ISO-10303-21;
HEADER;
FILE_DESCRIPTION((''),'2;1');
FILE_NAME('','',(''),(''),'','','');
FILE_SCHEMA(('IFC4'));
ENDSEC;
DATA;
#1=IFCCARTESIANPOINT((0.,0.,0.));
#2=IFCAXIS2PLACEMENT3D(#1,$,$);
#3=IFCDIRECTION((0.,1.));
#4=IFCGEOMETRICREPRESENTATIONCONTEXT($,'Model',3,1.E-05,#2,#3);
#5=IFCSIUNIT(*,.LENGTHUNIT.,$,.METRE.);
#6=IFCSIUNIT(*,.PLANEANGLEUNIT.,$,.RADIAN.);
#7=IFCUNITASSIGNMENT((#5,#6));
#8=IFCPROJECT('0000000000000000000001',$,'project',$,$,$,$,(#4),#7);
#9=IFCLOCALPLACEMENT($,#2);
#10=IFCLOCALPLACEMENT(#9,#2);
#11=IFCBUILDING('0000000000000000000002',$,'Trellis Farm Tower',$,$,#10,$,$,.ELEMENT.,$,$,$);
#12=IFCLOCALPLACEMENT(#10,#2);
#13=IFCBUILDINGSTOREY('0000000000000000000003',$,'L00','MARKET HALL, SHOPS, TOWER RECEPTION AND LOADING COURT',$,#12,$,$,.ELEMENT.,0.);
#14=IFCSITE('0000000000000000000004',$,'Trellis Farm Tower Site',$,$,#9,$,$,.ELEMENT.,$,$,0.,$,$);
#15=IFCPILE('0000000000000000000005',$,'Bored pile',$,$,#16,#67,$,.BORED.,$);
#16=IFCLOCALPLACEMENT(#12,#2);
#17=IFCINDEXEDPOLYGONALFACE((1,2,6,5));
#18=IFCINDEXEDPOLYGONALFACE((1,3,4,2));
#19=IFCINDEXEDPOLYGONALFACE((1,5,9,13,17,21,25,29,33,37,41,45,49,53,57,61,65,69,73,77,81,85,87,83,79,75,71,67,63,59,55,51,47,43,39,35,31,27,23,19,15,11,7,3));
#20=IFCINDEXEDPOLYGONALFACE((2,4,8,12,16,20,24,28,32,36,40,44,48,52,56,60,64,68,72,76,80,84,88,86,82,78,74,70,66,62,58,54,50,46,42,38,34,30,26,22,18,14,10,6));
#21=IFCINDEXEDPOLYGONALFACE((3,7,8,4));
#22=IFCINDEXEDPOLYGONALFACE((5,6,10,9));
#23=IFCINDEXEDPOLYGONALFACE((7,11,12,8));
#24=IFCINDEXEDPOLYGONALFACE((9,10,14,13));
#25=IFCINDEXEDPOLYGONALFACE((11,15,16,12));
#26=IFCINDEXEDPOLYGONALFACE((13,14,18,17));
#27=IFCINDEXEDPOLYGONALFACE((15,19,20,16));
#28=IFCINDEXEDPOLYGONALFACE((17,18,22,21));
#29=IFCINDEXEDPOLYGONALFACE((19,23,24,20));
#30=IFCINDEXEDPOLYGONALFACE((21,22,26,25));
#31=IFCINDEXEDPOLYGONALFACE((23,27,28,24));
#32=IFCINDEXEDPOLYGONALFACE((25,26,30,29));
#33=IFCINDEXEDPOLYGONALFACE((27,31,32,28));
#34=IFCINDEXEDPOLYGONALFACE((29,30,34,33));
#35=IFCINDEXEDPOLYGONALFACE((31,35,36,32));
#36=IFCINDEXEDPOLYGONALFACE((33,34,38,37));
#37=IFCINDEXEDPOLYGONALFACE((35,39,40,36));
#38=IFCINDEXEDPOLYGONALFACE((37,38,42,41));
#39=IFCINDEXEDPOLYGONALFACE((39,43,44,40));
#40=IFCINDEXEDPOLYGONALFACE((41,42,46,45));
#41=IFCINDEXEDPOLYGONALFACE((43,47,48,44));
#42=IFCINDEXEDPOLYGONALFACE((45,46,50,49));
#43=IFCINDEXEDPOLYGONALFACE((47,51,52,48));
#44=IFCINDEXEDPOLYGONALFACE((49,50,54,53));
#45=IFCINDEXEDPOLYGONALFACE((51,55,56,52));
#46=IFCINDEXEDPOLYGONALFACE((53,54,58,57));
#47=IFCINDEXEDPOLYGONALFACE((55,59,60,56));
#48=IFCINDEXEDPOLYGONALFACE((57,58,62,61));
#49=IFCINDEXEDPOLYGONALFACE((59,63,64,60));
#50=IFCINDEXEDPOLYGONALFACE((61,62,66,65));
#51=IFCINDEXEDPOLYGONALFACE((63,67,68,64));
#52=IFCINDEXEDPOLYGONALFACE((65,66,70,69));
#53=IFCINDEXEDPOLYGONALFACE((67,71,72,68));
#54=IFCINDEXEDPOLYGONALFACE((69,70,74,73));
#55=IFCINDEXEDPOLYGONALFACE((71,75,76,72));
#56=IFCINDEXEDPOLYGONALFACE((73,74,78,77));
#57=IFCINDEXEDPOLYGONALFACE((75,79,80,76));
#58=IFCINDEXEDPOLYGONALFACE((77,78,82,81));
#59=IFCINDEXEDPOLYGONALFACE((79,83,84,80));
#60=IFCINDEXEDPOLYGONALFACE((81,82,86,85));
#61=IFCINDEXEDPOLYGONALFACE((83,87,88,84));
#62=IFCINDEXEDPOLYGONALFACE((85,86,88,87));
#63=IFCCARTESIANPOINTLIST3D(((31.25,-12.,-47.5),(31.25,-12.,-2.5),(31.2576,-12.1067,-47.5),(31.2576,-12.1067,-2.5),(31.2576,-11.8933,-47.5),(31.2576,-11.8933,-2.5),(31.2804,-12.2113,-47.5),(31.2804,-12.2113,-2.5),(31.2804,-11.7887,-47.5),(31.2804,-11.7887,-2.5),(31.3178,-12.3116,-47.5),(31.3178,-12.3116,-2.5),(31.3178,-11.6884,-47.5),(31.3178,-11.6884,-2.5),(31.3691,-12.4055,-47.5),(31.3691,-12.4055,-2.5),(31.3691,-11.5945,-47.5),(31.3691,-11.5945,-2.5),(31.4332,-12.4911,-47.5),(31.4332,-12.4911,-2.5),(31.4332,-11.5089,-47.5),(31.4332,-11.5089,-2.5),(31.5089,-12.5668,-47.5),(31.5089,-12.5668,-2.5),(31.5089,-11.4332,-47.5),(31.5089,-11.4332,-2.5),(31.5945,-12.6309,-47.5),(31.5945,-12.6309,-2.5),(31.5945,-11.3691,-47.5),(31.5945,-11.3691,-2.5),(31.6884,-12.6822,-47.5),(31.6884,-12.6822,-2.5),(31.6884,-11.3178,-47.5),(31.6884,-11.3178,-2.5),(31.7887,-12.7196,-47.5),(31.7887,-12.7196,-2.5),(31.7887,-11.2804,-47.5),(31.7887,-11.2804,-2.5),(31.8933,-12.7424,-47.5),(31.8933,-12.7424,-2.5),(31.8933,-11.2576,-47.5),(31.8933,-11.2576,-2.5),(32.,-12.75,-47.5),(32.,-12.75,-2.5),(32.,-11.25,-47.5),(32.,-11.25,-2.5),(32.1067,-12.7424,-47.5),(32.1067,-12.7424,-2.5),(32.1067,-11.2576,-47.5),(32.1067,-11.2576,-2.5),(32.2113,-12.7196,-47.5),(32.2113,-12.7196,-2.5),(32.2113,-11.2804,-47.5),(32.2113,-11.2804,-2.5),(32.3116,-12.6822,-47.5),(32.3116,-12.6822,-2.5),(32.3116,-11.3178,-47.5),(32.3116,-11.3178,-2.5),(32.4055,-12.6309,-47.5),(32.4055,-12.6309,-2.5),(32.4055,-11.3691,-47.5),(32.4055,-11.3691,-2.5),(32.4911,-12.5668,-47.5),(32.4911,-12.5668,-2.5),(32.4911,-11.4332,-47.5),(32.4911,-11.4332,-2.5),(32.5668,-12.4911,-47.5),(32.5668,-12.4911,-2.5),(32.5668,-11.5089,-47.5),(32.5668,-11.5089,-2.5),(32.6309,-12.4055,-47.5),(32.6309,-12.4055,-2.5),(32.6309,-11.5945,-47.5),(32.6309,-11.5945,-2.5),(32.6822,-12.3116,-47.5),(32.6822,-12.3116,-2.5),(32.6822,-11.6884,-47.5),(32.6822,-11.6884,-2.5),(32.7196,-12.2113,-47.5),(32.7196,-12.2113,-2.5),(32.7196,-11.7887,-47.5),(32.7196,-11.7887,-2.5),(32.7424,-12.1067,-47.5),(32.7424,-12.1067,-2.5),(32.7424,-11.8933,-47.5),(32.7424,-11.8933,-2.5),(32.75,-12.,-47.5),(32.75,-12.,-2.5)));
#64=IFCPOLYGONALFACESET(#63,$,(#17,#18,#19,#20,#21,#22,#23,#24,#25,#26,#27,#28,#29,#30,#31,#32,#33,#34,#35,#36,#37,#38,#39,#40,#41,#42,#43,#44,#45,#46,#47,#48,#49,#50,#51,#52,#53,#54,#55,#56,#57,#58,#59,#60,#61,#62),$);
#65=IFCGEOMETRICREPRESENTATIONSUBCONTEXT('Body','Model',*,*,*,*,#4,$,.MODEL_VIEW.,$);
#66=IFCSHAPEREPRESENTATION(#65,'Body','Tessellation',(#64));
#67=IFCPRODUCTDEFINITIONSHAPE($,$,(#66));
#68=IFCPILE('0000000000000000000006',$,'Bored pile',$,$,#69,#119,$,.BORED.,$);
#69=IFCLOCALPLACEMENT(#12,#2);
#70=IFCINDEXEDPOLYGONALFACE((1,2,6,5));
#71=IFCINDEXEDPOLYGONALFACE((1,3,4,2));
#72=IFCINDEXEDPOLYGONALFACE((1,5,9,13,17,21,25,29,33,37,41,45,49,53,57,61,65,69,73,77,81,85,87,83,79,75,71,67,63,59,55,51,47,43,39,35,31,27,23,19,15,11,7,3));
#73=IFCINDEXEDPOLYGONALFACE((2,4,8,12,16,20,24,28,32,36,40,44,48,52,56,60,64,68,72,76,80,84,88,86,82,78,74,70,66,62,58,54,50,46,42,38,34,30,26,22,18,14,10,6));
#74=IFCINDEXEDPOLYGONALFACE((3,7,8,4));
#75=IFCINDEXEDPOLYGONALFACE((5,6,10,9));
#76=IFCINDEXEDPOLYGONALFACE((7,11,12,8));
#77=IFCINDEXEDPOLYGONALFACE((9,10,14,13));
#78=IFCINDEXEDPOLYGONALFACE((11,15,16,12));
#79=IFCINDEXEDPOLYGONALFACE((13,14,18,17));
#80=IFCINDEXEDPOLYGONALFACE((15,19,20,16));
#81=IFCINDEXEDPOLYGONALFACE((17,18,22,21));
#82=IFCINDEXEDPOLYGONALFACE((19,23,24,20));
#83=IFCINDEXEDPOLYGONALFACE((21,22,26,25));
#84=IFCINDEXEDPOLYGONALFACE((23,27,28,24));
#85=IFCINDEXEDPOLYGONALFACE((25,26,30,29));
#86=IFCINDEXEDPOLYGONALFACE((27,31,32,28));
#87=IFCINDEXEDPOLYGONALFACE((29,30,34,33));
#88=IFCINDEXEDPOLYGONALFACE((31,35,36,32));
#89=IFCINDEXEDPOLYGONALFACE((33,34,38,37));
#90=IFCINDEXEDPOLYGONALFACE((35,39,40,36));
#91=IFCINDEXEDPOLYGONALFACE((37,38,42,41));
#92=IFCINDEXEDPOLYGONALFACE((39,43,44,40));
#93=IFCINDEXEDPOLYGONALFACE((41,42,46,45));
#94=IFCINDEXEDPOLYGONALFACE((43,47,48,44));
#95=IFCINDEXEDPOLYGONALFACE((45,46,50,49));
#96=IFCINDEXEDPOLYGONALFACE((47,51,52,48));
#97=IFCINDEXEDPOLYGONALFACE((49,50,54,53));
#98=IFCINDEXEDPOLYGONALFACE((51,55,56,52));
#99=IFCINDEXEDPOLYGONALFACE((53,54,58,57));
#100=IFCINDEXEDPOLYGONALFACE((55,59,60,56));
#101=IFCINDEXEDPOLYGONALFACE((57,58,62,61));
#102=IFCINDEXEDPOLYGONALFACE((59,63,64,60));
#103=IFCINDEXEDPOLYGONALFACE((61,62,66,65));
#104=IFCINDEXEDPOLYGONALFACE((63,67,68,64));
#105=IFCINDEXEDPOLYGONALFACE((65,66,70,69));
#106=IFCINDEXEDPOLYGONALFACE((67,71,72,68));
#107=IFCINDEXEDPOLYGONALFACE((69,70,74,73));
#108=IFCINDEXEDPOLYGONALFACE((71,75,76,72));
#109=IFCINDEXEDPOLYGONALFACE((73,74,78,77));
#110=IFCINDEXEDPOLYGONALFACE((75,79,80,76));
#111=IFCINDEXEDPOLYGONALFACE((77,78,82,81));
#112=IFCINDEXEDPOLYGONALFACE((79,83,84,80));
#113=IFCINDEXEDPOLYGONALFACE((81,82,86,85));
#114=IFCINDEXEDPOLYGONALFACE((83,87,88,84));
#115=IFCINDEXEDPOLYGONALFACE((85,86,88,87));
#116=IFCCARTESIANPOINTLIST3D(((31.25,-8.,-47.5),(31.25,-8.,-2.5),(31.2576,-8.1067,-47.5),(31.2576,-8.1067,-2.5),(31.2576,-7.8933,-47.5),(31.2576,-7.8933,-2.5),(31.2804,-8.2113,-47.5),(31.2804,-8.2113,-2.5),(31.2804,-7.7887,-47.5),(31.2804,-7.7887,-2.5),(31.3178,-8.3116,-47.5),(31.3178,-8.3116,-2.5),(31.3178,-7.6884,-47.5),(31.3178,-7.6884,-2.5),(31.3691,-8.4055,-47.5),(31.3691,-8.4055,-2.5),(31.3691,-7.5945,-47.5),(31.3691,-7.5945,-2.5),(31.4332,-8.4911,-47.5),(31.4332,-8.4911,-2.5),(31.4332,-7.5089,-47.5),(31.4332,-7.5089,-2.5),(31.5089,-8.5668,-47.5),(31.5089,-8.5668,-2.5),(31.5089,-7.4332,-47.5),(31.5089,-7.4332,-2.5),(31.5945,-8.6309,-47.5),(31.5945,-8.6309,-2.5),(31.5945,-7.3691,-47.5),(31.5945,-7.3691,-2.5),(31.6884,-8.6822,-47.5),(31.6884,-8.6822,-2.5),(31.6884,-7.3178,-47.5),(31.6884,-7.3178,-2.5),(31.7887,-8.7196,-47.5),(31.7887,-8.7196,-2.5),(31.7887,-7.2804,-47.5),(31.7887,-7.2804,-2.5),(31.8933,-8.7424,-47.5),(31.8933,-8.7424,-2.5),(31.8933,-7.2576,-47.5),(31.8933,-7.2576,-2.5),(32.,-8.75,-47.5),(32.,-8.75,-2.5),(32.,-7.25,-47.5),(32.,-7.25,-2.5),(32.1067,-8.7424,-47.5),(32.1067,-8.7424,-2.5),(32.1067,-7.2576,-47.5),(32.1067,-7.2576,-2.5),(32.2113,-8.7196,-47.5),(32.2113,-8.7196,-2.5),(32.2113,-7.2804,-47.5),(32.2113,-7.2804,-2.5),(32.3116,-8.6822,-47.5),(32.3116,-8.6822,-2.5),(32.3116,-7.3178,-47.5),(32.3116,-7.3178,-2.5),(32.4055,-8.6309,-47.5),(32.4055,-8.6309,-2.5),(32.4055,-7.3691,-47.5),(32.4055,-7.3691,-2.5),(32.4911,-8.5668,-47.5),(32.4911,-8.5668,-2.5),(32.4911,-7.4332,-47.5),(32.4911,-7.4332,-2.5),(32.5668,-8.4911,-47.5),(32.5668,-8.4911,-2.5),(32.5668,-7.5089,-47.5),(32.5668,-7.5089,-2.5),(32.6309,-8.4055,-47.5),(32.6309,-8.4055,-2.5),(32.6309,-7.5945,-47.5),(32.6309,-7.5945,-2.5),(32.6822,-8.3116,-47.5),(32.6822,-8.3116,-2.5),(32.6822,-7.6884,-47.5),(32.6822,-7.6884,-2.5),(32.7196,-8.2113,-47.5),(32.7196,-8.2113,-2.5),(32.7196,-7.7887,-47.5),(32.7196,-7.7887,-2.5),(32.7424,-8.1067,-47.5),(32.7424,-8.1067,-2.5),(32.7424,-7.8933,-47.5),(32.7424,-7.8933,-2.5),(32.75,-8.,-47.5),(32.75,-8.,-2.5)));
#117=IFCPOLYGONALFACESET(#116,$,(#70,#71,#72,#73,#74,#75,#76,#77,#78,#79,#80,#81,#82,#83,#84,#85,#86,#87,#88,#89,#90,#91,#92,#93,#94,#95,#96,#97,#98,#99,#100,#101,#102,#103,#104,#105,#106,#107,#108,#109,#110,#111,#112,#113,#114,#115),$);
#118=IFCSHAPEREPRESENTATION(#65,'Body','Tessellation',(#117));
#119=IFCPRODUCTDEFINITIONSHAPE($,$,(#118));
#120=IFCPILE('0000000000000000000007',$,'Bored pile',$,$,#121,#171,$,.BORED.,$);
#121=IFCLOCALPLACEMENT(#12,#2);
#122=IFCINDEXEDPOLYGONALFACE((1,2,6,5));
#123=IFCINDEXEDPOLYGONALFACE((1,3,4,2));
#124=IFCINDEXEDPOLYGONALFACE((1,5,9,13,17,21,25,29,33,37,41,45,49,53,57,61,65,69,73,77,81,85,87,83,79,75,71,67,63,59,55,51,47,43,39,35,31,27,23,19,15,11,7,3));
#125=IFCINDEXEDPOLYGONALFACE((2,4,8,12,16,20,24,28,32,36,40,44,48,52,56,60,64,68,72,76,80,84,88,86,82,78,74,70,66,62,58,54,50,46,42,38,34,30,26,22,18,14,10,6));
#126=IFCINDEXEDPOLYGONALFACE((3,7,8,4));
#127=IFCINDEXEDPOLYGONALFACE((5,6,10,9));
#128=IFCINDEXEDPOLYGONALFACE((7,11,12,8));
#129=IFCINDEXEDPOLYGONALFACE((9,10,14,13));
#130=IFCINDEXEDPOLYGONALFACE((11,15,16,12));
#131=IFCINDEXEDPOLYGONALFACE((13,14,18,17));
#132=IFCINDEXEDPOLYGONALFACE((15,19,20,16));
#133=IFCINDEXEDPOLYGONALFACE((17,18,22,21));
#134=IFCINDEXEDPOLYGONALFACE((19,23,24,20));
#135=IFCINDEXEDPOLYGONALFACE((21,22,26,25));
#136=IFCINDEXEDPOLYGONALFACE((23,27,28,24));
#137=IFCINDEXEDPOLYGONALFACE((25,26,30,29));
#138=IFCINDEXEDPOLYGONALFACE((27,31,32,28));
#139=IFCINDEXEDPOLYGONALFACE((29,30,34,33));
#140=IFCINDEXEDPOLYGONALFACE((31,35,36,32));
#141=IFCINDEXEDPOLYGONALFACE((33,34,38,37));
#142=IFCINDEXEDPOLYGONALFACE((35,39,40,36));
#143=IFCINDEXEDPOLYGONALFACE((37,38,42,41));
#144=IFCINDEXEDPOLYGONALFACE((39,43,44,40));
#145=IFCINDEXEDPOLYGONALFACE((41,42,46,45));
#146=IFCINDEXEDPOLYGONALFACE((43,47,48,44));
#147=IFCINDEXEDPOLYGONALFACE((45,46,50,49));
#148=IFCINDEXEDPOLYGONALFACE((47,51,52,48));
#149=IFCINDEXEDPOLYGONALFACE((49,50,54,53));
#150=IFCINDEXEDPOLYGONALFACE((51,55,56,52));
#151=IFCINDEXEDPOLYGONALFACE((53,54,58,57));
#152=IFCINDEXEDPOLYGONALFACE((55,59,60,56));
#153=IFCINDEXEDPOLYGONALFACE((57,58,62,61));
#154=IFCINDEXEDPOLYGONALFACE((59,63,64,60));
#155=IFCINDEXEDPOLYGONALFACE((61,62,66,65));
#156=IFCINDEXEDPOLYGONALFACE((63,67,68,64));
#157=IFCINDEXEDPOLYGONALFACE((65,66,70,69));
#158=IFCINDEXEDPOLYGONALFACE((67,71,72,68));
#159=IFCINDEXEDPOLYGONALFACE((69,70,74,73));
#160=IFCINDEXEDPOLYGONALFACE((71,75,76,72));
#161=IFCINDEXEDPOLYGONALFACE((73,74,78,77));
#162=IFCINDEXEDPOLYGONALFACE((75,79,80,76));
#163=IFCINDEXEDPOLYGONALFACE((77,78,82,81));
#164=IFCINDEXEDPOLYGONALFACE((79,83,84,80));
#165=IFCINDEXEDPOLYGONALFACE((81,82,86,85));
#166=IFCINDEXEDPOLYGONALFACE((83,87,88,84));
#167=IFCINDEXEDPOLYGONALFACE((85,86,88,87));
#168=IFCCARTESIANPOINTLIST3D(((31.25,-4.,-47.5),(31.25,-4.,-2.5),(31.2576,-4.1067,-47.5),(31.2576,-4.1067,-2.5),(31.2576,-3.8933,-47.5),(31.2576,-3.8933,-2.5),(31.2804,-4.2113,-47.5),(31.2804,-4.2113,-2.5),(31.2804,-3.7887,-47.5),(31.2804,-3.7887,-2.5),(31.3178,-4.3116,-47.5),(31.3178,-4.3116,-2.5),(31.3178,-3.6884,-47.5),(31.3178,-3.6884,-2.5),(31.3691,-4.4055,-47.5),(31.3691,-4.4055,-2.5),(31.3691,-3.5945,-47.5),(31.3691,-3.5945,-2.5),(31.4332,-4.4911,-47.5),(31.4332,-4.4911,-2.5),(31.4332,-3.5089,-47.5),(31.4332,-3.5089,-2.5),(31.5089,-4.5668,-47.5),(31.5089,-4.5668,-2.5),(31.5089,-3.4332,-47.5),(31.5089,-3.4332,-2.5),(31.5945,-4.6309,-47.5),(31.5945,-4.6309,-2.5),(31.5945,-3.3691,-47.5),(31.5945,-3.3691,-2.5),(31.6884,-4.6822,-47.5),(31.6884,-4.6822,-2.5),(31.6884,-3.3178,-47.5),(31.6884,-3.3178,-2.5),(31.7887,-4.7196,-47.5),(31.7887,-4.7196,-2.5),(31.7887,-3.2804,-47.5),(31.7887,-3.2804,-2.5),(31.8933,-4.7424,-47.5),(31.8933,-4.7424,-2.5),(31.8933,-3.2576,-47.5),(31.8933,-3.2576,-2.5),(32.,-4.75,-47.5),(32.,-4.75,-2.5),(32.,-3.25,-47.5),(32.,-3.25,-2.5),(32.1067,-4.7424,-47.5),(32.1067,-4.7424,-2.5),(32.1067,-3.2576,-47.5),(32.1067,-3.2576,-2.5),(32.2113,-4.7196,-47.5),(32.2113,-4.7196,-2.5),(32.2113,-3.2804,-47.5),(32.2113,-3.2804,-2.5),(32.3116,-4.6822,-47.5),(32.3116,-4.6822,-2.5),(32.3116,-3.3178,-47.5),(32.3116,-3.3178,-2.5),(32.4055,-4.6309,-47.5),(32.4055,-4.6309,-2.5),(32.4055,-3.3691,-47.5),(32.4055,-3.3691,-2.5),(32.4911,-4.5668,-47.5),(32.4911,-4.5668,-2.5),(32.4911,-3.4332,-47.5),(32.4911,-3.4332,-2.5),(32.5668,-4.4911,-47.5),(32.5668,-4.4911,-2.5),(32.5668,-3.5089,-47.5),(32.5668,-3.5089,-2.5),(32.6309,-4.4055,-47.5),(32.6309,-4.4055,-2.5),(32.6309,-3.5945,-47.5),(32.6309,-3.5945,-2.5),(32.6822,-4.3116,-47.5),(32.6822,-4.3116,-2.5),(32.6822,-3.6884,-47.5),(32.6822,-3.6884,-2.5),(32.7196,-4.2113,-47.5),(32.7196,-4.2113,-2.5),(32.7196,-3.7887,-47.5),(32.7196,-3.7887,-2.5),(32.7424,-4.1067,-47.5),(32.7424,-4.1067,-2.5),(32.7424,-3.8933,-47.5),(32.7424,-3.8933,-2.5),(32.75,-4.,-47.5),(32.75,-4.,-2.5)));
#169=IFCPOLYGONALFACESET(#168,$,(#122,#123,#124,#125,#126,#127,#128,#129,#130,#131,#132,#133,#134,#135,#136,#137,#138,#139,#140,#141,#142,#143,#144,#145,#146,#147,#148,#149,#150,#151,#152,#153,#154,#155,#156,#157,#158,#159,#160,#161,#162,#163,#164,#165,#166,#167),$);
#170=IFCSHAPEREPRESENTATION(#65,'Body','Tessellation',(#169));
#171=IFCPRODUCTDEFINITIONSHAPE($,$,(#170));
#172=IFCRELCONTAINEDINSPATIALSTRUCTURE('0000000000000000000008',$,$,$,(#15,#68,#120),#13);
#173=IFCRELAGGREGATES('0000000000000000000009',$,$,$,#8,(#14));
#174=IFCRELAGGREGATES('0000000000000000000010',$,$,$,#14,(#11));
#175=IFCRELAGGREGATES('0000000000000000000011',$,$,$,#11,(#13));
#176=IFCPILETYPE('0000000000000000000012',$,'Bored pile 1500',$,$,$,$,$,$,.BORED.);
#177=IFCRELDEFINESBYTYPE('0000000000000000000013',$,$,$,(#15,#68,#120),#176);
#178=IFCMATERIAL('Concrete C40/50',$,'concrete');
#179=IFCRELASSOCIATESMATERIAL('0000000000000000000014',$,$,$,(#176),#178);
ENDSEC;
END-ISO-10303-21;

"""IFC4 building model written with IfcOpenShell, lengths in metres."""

from ifc_helpers import new_model, si_unit, direction, frame, origin, origin_2d, place, context, subcontext, project, spatial, circle, extrude, source, transform, mapped, material, material_profile, profile_set, type_object, element, save


model = new_model("IFC4")

# Units and contexts
model_context = context("Model", 3, precision=1e-05, world=origin(), true_north=direction((0.0, 1.0)))
body_context = subcontext(model_context, "Body", "Model", "MODEL_VIEW")
ifc_project = project(units=[si_unit("LENGTHUNIT", "METRE"), si_unit("PLANEANGLEUNIT", "RADIAN")], contexts=[model_context])

# Site, building, storey
site_placement = place(None, origin())
site = spatial("IfcSite", under=ifc_project, at=site_placement, Name="Trellis Farm Tower Site", CompositionType="ELEMENT", RefElevation=0.0)
building_placement = place(site_placement, origin())
building = spatial("IfcBuilding", under=site, at=building_placement, Name="Trellis Farm Tower", CompositionType="ELEMENT")
storey_placement = place(building_placement, origin())
storey = spatial("IfcBuildingStorey", under=building, at=storey_placement, Name="L00", Description="MARKET HALL, SHOPS, TOWER RECEPTION AND LOADING COURT", CompositionType="ELEMENT", Elevation=0.0)

# Piles
ifc_material_1 = material(Name="Concrete C40/50", Category="concrete")
ifc_material_profile_1 = material_profile(ifc_material_1, circle(Radius=0.75, at=origin_2d()), Name="Bored pile 1500")
ifc_profile_set_1 = profile_set([ifc_material_profile_1], Name="Concrete C40/50")
pile_type = type_object("IfcPileType", Name="Bored pile 1500", PredefinedType="BORED", material=ifc_profile_set_1)
shared_shape_1 = source(origin(), body_context, "Body", "SweptSolid", [
    extrude(circle(Radius=0.75, at=origin_2d()), origin(), (0.0, 0.0, 1.0), 45.0),
])
for number, where, z_axis, x_axis, name in (
    (1, (32.0, -12.0, -2.5), (0.0, 0.0, -1.0), (1.0, 0.0, 0.0), "Bored pile"),
    (2, (32.0, -8.0, -2.5), (0.0, 0.0, -1.0), (1.0, 0.0, 0.0), "Bored pile"),
    (3, (32.0, -4.0, -2.5), (0.0, 0.0, -1.0), (1.0, 0.0, 0.0), "Bored pile"),
):
    element("IfcPile", number, at=place(storey_placement, frame(where, z_axis=z_axis, x_axis=x_axis)), inside=storey, type_object=pile_type, Name=name, PredefinedType="BORED", context=body_context, shape_type="MappedRepresentation", body=[
        mapped(shared_shape_1, transform((0.0, 0.0, 0.0))),
    ])

save(model, "model.ifc")
